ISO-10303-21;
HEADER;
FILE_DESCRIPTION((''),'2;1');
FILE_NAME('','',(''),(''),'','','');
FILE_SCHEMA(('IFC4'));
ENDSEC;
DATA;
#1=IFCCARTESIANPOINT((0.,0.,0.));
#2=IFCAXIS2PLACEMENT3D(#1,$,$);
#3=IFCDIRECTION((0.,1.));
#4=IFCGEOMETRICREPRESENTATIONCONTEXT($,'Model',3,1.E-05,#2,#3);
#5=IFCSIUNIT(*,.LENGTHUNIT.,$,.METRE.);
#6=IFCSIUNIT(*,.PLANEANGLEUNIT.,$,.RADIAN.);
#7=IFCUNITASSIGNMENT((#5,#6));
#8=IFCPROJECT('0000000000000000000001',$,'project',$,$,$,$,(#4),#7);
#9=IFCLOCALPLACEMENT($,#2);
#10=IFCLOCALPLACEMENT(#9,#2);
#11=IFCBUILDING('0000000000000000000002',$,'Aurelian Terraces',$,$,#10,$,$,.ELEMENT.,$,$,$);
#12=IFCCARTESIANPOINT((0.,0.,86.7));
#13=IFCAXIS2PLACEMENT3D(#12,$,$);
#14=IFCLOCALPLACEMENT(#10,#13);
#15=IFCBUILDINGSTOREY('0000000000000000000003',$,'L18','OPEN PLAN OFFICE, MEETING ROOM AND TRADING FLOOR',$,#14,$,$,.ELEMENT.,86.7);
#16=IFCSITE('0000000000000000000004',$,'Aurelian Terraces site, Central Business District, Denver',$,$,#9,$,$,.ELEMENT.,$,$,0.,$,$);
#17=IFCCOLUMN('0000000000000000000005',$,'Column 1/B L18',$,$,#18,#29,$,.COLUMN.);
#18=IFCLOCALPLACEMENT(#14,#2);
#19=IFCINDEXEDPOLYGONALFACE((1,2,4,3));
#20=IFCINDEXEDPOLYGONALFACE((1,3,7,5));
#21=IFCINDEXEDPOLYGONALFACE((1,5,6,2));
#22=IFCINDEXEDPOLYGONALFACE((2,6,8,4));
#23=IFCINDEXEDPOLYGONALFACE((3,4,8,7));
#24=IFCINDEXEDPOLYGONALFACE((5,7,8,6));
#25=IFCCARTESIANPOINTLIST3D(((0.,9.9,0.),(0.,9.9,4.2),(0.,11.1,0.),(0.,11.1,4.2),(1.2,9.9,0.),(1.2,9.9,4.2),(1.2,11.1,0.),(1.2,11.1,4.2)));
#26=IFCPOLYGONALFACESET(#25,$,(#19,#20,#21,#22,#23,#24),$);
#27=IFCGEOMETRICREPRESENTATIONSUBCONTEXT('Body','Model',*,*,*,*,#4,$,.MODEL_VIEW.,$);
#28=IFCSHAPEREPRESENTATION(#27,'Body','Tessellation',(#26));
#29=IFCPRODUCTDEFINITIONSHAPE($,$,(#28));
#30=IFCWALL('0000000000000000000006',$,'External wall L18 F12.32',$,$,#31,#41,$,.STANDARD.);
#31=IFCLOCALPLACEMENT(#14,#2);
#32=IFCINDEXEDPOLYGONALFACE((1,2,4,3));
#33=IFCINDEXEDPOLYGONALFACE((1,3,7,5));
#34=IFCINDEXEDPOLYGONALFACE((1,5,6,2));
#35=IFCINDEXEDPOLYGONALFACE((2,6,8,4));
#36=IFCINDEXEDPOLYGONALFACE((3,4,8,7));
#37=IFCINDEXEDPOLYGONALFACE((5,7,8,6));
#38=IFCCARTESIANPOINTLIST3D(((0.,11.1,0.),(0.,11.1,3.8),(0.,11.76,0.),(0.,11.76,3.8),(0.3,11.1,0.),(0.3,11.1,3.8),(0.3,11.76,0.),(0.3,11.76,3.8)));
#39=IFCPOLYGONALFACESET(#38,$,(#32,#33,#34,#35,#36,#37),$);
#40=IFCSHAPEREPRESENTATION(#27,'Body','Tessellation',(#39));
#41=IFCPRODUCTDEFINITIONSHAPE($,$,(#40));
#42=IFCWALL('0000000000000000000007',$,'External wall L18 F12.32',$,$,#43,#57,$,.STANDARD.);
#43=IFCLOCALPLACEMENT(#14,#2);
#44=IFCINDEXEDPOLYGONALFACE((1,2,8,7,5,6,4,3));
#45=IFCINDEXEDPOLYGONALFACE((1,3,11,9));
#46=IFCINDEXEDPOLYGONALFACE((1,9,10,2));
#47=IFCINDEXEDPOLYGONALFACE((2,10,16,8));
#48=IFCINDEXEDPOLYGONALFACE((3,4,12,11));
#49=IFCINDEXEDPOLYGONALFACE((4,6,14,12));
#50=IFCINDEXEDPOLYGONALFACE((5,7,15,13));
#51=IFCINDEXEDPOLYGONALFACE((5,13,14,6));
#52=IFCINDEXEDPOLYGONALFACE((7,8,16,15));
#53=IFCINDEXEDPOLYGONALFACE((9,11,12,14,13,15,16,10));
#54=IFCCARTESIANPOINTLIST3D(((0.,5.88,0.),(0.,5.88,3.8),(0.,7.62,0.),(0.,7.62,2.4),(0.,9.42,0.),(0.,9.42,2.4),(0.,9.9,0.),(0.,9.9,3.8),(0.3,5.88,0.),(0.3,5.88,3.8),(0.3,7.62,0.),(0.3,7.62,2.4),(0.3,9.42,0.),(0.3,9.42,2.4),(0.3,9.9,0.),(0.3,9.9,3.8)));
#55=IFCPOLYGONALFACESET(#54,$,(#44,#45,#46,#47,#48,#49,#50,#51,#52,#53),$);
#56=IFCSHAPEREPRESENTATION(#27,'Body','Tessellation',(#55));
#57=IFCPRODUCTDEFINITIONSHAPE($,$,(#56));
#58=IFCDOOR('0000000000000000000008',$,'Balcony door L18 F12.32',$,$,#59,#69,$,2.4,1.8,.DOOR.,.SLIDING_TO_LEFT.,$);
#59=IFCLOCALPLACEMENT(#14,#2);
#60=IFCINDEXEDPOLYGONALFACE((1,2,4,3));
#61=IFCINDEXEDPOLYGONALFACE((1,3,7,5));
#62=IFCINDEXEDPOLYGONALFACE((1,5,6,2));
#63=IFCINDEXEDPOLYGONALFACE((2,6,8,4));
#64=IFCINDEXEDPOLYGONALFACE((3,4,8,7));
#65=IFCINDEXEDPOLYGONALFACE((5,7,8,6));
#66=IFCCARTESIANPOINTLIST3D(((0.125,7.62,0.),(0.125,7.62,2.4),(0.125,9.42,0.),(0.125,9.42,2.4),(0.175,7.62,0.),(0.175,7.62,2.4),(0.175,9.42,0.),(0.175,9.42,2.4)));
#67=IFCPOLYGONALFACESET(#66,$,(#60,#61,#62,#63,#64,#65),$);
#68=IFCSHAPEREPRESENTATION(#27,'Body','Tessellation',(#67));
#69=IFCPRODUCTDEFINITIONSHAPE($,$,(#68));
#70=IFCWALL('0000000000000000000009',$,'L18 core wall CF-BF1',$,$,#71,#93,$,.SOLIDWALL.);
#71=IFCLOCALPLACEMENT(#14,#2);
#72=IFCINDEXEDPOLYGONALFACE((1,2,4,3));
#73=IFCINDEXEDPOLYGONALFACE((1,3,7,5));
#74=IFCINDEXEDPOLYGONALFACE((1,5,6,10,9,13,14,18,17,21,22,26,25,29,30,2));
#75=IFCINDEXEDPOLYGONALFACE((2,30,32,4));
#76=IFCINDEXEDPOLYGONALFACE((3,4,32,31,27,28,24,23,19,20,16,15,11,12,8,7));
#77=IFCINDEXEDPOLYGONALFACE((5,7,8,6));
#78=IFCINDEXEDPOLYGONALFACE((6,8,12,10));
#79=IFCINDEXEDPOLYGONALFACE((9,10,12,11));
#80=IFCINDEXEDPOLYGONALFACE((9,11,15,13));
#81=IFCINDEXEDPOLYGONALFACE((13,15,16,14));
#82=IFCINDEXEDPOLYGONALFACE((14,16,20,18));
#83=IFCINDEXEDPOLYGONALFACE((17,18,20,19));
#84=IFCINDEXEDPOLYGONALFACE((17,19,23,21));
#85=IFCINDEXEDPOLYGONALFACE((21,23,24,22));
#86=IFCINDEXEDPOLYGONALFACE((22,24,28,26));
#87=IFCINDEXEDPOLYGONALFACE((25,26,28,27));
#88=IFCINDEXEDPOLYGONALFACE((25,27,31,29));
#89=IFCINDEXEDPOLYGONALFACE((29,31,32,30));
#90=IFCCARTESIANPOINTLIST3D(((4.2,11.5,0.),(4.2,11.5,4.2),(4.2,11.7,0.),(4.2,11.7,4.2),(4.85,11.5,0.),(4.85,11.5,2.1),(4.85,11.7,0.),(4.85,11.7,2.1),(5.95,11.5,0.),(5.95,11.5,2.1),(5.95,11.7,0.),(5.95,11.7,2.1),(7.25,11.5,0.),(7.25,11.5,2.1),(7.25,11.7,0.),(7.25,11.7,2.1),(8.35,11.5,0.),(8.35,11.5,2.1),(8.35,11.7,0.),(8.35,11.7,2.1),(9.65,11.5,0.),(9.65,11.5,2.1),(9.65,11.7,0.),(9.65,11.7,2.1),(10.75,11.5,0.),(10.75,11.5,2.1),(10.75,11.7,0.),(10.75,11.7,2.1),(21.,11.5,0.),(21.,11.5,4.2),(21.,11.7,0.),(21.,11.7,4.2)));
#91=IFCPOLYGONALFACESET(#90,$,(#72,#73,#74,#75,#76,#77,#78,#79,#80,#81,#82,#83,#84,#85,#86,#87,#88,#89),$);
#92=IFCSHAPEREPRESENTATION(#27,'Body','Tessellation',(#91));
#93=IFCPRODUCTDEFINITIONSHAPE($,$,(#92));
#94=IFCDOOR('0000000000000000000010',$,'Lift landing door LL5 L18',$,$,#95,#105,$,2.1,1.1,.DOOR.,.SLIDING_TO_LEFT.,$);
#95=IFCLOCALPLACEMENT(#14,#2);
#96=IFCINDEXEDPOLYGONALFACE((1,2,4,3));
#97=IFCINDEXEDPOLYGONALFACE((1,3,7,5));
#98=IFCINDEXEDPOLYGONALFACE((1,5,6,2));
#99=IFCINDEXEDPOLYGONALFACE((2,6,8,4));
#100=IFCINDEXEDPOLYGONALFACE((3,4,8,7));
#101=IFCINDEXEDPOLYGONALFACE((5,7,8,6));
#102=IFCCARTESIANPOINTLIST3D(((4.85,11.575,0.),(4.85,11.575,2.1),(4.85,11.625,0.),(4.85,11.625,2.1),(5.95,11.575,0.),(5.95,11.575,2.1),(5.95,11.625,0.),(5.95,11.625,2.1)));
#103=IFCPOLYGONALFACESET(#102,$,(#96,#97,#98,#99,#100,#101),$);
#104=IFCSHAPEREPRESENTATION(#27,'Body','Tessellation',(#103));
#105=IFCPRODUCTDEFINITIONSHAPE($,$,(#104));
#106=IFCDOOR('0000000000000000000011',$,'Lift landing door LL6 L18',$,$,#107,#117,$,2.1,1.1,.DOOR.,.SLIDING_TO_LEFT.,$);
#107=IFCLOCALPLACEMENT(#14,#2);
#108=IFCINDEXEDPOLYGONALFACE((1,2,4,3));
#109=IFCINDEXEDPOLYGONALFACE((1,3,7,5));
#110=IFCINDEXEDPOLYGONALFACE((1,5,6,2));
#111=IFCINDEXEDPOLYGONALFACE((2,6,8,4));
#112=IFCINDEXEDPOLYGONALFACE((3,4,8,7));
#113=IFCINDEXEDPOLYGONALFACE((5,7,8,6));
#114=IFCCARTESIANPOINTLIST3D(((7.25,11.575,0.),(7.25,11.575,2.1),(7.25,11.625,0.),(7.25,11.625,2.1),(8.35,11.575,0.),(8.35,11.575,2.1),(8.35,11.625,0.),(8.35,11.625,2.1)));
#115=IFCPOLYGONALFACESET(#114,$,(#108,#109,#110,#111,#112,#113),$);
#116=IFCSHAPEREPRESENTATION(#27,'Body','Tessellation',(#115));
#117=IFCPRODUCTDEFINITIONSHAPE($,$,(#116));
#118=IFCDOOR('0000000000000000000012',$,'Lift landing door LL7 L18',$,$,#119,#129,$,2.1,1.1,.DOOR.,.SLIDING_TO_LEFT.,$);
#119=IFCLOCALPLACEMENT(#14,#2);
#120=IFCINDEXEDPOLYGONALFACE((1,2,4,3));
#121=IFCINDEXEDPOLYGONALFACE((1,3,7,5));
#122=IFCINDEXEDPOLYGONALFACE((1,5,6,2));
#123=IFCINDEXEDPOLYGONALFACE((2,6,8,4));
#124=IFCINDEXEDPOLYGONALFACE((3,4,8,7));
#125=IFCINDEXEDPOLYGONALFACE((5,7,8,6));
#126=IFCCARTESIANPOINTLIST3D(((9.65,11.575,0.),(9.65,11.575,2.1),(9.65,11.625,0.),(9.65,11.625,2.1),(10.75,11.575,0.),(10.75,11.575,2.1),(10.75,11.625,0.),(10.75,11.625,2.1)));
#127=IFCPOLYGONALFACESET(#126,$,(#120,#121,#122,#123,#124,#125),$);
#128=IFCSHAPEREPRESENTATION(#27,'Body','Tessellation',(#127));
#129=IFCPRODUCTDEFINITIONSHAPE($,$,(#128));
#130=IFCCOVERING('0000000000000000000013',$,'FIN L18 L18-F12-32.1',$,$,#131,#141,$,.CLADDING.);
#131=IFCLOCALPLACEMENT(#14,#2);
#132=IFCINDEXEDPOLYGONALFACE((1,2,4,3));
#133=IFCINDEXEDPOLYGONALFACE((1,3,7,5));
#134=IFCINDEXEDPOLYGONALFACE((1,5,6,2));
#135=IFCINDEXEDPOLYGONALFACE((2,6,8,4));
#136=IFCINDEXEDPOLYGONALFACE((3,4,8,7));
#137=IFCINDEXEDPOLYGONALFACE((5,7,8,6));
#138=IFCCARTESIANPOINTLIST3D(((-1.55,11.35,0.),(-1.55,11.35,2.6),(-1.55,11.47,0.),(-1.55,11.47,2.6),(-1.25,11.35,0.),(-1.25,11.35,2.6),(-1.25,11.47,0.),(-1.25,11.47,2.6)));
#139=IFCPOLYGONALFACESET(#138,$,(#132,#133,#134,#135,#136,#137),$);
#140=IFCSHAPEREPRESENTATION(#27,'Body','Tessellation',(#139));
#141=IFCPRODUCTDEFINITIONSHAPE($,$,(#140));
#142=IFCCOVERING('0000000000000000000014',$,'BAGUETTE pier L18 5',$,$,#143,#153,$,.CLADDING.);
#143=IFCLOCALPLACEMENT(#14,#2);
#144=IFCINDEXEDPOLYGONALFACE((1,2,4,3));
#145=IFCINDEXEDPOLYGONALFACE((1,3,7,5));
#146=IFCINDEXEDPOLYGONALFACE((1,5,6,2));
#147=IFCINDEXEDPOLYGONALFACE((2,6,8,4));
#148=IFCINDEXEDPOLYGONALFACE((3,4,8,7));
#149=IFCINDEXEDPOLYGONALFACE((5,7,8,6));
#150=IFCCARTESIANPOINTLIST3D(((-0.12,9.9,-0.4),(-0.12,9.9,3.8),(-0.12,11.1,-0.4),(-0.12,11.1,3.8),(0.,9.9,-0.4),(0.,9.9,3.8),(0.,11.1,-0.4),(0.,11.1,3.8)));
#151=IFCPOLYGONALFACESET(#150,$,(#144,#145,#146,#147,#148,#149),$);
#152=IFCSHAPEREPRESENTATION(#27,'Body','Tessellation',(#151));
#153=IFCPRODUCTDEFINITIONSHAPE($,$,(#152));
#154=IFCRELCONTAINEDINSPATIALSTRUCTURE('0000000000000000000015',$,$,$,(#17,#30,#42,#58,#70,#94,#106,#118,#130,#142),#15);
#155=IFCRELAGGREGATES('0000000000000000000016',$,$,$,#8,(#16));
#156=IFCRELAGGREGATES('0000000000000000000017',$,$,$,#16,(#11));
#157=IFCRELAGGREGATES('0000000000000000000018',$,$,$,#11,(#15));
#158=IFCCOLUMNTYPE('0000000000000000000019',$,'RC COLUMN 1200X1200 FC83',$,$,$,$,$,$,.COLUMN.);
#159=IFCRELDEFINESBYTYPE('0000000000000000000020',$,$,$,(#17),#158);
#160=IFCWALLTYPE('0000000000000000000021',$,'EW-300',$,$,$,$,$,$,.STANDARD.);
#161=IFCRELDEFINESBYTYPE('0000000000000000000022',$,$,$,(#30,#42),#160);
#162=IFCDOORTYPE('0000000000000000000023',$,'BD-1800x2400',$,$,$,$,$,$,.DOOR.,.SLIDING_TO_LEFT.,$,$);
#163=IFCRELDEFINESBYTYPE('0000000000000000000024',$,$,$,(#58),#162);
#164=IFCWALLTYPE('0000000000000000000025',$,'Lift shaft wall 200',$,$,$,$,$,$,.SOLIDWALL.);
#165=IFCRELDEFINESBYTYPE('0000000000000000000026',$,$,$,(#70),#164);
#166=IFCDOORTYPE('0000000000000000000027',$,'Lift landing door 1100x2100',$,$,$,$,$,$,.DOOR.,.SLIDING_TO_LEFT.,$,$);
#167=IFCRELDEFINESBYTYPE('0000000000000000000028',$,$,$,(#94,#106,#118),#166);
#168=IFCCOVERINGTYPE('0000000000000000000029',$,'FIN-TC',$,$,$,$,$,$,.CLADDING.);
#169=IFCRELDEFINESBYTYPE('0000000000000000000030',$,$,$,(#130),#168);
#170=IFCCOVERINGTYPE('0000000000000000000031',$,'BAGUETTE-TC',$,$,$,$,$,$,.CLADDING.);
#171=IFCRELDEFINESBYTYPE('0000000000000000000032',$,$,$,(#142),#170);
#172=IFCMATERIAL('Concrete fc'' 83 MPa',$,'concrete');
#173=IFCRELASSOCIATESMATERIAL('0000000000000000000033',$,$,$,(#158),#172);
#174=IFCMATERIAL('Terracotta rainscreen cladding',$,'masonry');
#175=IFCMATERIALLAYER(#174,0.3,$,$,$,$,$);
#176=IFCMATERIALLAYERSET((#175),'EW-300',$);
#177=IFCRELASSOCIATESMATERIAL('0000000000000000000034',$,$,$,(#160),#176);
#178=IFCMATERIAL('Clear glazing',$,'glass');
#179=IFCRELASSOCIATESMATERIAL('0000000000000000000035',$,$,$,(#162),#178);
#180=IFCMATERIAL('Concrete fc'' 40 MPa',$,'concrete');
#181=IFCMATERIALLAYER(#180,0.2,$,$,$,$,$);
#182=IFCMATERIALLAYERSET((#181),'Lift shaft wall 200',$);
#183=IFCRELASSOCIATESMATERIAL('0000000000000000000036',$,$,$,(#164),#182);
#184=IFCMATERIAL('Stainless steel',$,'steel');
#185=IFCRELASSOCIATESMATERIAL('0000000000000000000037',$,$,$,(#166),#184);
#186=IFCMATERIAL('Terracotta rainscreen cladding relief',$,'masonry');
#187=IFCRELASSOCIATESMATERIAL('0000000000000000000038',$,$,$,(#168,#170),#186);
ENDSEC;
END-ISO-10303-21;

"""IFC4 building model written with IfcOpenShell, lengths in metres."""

from ifc_helpers import new_model, si_unit, direction, frame, frame_2d, origin, origin_2d, place, context, subcontext, project, spatial, rectangle, extrude, source, transform, mapped, material, layer, layer_set, material_profile, profile_set, type_object, element, fill, save


model = new_model("IFC4")

# Units and contexts
model_context = context("Model", 3, precision=1e-05, world=origin(), true_north=direction((0.0, 1.0)))
body_context = subcontext(model_context, "Body", "Model", "MODEL_VIEW")
ifc_project = project(units=[si_unit("LENGTHUNIT", "METRE"), si_unit("PLANEANGLEUNIT", "RADIAN")], contexts=[model_context])

# Site, building, storey
site_placement = place(None, origin())
site = spatial("IfcSite", under=ifc_project, at=site_placement, Name="Aurelian Terraces site, Central Business District, Denver", CompositionType="ELEMENT", RefElevation=0.0)
building_placement = place(site_placement, origin())
building = spatial("IfcBuilding", under=site, at=building_placement, Name="Aurelian Terraces", CompositionType="ELEMENT")
storey_placement = place(building_placement, frame((0.0, 0.0, 86.7)))
storey = spatial("IfcBuildingStorey", under=building, at=storey_placement, Name="L18", Description="OPEN PLAN OFFICE, MEETING ROOM AND TRADING FLOOR", CompositionType="ELEMENT", Elevation=86.7)

# Column
ifc_material_1 = material(Name="Concrete fc' 83 MPa", Category="concrete")
ifc_material_profile = material_profile(ifc_material_1, rectangle(XDim=1.2, YDim=1.2, at=origin_2d()))
ifc_profile_set = profile_set([ifc_material_profile], Name="Concrete fc' 83 MPa")
column_type = type_object("IfcColumnType", Name="RC COLUMN 1200X1200 FC83", PredefinedType="COLUMN", material=ifc_profile_set)
shared_shape_1 = source(origin(), body_context, "Body", "SweptSolid", [
    extrude(rectangle(XDim=1.2, YDim=1.2, at=origin_2d()), origin(), (0.0, 0.0, 1.0), 4.2),
])
column_placement = place(storey_placement, frame((0.6, 10.5, 0.0), z_axis=(0.0, 0.0, 1.0), x_axis=(1.0, 0.0, 0.0)))
element("IfcColumn", 1, at=column_placement, inside=storey, type_object=column_type, Name="Column 1/B L18", PredefinedType="COLUMN", context=body_context, shape_type="MappedRepresentation", body=[
    mapped(shared_shape_1, transform((0.0, 0.0, 0.0), scale=1.0)),
])

# Wall
ifc_material_2 = material(Name="Terracotta rainscreen cladding", Category="masonry")
ifc_layer_1 = layer(ifc_material_2, 0.3)
ifc_layer_set_1 = layer_set([ifc_layer_1], Name="EW-300")
wall_type_1 = type_object("IfcWallType", Name="EW-300", PredefinedType="STANDARD", material=ifc_layer_set_1)
shared_shape_2 = source(origin(), body_context, "Body", "SweptSolid", [
    extrude(rectangle(XDim=0.66, YDim=0.3, at=frame_2d((0.33, 0.0))), origin(), (0.0, 0.0, 1.0), 3.8),
])
wall_1_placement = place(storey_placement, frame((0.15, 11.76, 0.0), z_axis=(0.0, 0.0, 1.0), x_axis=(0.0, -1.0, 0.0)))
element("IfcWall", 2, at=wall_1_placement, inside=storey, type_object=wall_type_1, Name="External wall L18 F12.32", PredefinedType="STANDARD", context=body_context, shape_type="MappedRepresentation", body=[
    mapped(shared_shape_2, transform((0.0, 0.0, 0.0), scale=1.0)),
])

# Wall, opening, door
shared_shape_3 = source(origin(), body_context, "Body", "SweptSolid", [
    extrude(rectangle(XDim=4.02, YDim=0.3, at=frame_2d((2.01, 0.0))), origin(), (0.0, 0.0, 1.0), 3.8),
])
wall_2_placement = place(storey_placement, frame((0.15, 9.9, 0.0), z_axis=(0.0, 0.0, 1.0), x_axis=(0.0, -1.0, 0.0)))
wall_2 = element("IfcWall", 3, at=wall_2_placement, inside=storey, type_object=wall_type_1, Name="External wall L18 F12.32", PredefinedType="STANDARD", context=body_context, shape_type="MappedRepresentation", body=[
    mapped(shared_shape_3, transform((0.0, 0.0, 0.0), scale=1.0)),
])
shared_shape_4 = source(origin(), body_context, "Body", "SweptSolid", [
    extrude(rectangle(XDim=1.8, YDim=2.4, at=frame_2d((0.9, 1.2))), frame((0.0, 0.16, 0.0), z_axis=(0.0, -1.0, 0.0), x_axis=(1.0, 0.0, 0.0)), (0.0, 0.0, 1.0), 0.32),
])
opening_1_placement = place(wall_2_placement, frame((0.48, 0.0, 0.0)))
opening_1 = element("IfcOpeningElement", 4, at=opening_1_placement, cuts=wall_2, PredefinedType="OPENING", context=body_context, shape_type="MappedRepresentation", body=[
    mapped(shared_shape_4, transform((0.0, 0.0, 0.0), scale=1.0)),
])
ifc_material_3 = material(Name="Clear glazing", Category="glass")
door_type_1 = type_object("IfcDoorType", Name="BD-1800x2400", OperationType="SLIDING_TO_LEFT", PredefinedType="DOOR", material=ifc_material_3)
shared_shape_5 = source(origin(), body_context, "Body", "SweptSolid", [
    extrude(rectangle(XDim=1.8, YDim=2.4, at=frame_2d((0.9, 1.2))), frame((0.0, 0.025, 0.0), z_axis=(0.0, -1.0, 0.0), x_axis=(1.0, 0.0, 0.0)), (0.0, 0.0, 1.0), 0.05),
])
door_1_placement = place(opening_1_placement, origin())
door_1 = element("IfcDoor", 5, at=door_1_placement, inside=storey, type_object=door_type_1, Name="Balcony door L18 F12.32", OperationType="SLIDING_TO_LEFT", OverallHeight=2.4, OverallWidth=1.8, PredefinedType="DOOR", context=body_context, shape_type="MappedRepresentation", body=[
    mapped(shared_shape_5, transform((0.0, 0.0, 0.0), scale=1.0)),
])
fill(opening_1, door_1)

# Wall, openings, doors
ifc_material_4 = material(Name="Concrete fc' 40 MPa", Category="concrete")
ifc_layer_2 = layer(ifc_material_4, 0.2)
ifc_layer_set_2 = layer_set([ifc_layer_2], Name="Lift shaft wall 200")
wall_type_2 = type_object("IfcWallType", Name="Lift shaft wall 200", PredefinedType="SOLIDWALL", material=ifc_layer_set_2)
shared_shape_6 = source(origin(), body_context, "Body", "SweptSolid", [
    extrude(rectangle(XDim=16.8, YDim=0.2, at=frame_2d((8.4, 0.0))), origin(), (0.0, 0.0, 1.0), 4.2),
])
wall_3_placement = place(storey_placement, frame((4.2, 11.6, 0.0), z_axis=(0.0, 0.0, 1.0), x_axis=(1.0, 0.0, 0.0)))
wall_3 = element("IfcWall", 6, at=wall_3_placement, inside=storey, type_object=wall_type_2, Name="L18 core wall CF-BF1", PredefinedType="SOLIDWALL", context=body_context, shape_type="MappedRepresentation", body=[
    mapped(shared_shape_6, transform((0.0, 0.0, 0.0), scale=1.0)),
])
shared_shape_7 = source(origin(), body_context, "Body", "SweptSolid", [
    extrude(rectangle(XDim=1.1, YDim=2.1, at=frame_2d((0.55, 1.05))), frame((0.0, 0.11, 0.0), z_axis=(0.0, -1.0, 0.0), x_axis=(1.0, 0.0, 0.0)), (0.0, 0.0, 1.0), 0.22),
])
opening_2_placement = place(wall_3_placement, frame((0.65, 0.0, 0.0)))
opening_2 = element("IfcOpeningElement", 7, at=opening_2_placement, cuts=wall_3, PredefinedType="OPENING", context=body_context, shape_type="MappedRepresentation", body=[
    mapped(shared_shape_7, transform((0.0, 0.0, 0.0), scale=1.0)),
])
opening_3_placement = place(wall_3_placement, frame((3.05, 0.0, 0.0)))
opening_3 = element("IfcOpeningElement", 8, at=opening_3_placement, cuts=wall_3, PredefinedType="OPENING", context=body_context, shape_type="MappedRepresentation", body=[
    mapped(shared_shape_7, transform((0.0, 0.0, 0.0), scale=1.0)),
])
opening_4_placement = place(wall_3_placement, frame((5.45, 0.0, 0.0)))
opening_4 = element("IfcOpeningElement", 9, at=opening_4_placement, cuts=wall_3, PredefinedType="OPENING", context=body_context, shape_type="MappedRepresentation", body=[
    mapped(shared_shape_7, transform((0.0, 0.0, 0.0), scale=1.0)),
])
ifc_material_5 = material(Name="Stainless steel", Category="steel")
door_type_2 = type_object("IfcDoorType", Name="Lift landing door 1100x2100", OperationType="SLIDING_TO_LEFT", PredefinedType="DOOR", material=ifc_material_5)
shared_shape_8 = source(origin(), body_context, "Body", "SweptSolid", [
    extrude(rectangle(XDim=1.1, YDim=2.1, at=frame_2d((0.55, 1.05))), frame((0.0, 0.025, 0.0), z_axis=(0.0, -1.0, 0.0), x_axis=(1.0, 0.0, 0.0)), (0.0, 0.0, 1.0), 0.05),
])
door_2_placement = place(opening_2_placement, origin())
door_2 = element("IfcDoor", 10, at=door_2_placement, inside=storey, type_object=door_type_2, Name="Lift landing door LL5 L18", OperationType="SLIDING_TO_LEFT", OverallHeight=2.1, OverallWidth=1.1, PredefinedType="DOOR", context=body_context, shape_type="MappedRepresentation", body=[
    mapped(shared_shape_8, transform((0.0, 0.0, 0.0), scale=1.0)),
])
fill(opening_2, door_2)
door_3_placement = place(opening_3_placement, origin())
door_3 = element("IfcDoor", 11, at=door_3_placement, inside=storey, type_object=door_type_2, Name="Lift landing door LL6 L18", OperationType="SLIDING_TO_LEFT", OverallHeight=2.1, OverallWidth=1.1, PredefinedType="DOOR", context=body_context, shape_type="MappedRepresentation", body=[
    mapped(shared_shape_8, transform((0.0, 0.0, 0.0), scale=1.0)),
])
fill(opening_3, door_3)
door_4_placement = place(opening_4_placement, origin())
door_4 = element("IfcDoor", 12, at=door_4_placement, inside=storey, type_object=door_type_2, Name="Lift landing door LL7 L18", OperationType="SLIDING_TO_LEFT", OverallHeight=2.1, OverallWidth=1.1, PredefinedType="DOOR", context=body_context, shape_type="MappedRepresentation", body=[
    mapped(shared_shape_8, transform((0.0, 0.0, 0.0), scale=1.0)),
])
fill(opening_4, door_4)

# Coverings
ifc_material_6 = material(Name="Terracotta rainscreen cladding relief", Category="masonry")
covering_type_1 = type_object("IfcCoveringType", Name="FIN-TC", PredefinedType="CLADDING", material=ifc_material_6)
shared_shape_9 = source(origin(), body_context, "Body", "SweptSolid", [
    extrude(rectangle(XDim=0.3, YDim=0.12, at=origin_2d()), origin(), (0.0, 0.0, 1.0), 2.6),
])
covering_1_placement = place(storey_placement, frame((-1.4, 11.41, 0.0), z_axis=(0.0, 0.0, 1.0), x_axis=(1.0, 0.0, 0.0)))
element("IfcCovering", 13, at=covering_1_placement, inside=storey, type_object=covering_type_1, Name="FIN L18 L18-F12-32.1", PredefinedType="CLADDING", context=body_context, shape_type="MappedRepresentation", body=[
    mapped(shared_shape_9, transform((0.0, 0.0, 0.0), scale=1.0)),
])
covering_type_2 = type_object("IfcCoveringType", Name="BAGUETTE-TC", PredefinedType="CLADDING", material=ifc_material_6)
shared_shape_10 = source(origin(), body_context, "Body", "SweptSolid", [
    extrude(rectangle(XDim=0.12, YDim=1.2, at=origin_2d()), origin(), (0.0, 0.0, 1.0), 4.2),
])
covering_2_placement = place(storey_placement, frame((-0.06, 10.5, -0.4), z_axis=(0.0, 0.0, 1.0), x_axis=(1.0, 0.0, 0.0)))
element("IfcCovering", 14, at=covering_2_placement, inside=storey, type_object=covering_type_2, Name="BAGUETTE pier L18 5", PredefinedType="CLADDING", context=body_context, shape_type="MappedRepresentation", body=[
    mapped(shared_shape_10, transform((0.0, 0.0, 0.0), scale=1.0)),
])

save(model, "model.ifc")
